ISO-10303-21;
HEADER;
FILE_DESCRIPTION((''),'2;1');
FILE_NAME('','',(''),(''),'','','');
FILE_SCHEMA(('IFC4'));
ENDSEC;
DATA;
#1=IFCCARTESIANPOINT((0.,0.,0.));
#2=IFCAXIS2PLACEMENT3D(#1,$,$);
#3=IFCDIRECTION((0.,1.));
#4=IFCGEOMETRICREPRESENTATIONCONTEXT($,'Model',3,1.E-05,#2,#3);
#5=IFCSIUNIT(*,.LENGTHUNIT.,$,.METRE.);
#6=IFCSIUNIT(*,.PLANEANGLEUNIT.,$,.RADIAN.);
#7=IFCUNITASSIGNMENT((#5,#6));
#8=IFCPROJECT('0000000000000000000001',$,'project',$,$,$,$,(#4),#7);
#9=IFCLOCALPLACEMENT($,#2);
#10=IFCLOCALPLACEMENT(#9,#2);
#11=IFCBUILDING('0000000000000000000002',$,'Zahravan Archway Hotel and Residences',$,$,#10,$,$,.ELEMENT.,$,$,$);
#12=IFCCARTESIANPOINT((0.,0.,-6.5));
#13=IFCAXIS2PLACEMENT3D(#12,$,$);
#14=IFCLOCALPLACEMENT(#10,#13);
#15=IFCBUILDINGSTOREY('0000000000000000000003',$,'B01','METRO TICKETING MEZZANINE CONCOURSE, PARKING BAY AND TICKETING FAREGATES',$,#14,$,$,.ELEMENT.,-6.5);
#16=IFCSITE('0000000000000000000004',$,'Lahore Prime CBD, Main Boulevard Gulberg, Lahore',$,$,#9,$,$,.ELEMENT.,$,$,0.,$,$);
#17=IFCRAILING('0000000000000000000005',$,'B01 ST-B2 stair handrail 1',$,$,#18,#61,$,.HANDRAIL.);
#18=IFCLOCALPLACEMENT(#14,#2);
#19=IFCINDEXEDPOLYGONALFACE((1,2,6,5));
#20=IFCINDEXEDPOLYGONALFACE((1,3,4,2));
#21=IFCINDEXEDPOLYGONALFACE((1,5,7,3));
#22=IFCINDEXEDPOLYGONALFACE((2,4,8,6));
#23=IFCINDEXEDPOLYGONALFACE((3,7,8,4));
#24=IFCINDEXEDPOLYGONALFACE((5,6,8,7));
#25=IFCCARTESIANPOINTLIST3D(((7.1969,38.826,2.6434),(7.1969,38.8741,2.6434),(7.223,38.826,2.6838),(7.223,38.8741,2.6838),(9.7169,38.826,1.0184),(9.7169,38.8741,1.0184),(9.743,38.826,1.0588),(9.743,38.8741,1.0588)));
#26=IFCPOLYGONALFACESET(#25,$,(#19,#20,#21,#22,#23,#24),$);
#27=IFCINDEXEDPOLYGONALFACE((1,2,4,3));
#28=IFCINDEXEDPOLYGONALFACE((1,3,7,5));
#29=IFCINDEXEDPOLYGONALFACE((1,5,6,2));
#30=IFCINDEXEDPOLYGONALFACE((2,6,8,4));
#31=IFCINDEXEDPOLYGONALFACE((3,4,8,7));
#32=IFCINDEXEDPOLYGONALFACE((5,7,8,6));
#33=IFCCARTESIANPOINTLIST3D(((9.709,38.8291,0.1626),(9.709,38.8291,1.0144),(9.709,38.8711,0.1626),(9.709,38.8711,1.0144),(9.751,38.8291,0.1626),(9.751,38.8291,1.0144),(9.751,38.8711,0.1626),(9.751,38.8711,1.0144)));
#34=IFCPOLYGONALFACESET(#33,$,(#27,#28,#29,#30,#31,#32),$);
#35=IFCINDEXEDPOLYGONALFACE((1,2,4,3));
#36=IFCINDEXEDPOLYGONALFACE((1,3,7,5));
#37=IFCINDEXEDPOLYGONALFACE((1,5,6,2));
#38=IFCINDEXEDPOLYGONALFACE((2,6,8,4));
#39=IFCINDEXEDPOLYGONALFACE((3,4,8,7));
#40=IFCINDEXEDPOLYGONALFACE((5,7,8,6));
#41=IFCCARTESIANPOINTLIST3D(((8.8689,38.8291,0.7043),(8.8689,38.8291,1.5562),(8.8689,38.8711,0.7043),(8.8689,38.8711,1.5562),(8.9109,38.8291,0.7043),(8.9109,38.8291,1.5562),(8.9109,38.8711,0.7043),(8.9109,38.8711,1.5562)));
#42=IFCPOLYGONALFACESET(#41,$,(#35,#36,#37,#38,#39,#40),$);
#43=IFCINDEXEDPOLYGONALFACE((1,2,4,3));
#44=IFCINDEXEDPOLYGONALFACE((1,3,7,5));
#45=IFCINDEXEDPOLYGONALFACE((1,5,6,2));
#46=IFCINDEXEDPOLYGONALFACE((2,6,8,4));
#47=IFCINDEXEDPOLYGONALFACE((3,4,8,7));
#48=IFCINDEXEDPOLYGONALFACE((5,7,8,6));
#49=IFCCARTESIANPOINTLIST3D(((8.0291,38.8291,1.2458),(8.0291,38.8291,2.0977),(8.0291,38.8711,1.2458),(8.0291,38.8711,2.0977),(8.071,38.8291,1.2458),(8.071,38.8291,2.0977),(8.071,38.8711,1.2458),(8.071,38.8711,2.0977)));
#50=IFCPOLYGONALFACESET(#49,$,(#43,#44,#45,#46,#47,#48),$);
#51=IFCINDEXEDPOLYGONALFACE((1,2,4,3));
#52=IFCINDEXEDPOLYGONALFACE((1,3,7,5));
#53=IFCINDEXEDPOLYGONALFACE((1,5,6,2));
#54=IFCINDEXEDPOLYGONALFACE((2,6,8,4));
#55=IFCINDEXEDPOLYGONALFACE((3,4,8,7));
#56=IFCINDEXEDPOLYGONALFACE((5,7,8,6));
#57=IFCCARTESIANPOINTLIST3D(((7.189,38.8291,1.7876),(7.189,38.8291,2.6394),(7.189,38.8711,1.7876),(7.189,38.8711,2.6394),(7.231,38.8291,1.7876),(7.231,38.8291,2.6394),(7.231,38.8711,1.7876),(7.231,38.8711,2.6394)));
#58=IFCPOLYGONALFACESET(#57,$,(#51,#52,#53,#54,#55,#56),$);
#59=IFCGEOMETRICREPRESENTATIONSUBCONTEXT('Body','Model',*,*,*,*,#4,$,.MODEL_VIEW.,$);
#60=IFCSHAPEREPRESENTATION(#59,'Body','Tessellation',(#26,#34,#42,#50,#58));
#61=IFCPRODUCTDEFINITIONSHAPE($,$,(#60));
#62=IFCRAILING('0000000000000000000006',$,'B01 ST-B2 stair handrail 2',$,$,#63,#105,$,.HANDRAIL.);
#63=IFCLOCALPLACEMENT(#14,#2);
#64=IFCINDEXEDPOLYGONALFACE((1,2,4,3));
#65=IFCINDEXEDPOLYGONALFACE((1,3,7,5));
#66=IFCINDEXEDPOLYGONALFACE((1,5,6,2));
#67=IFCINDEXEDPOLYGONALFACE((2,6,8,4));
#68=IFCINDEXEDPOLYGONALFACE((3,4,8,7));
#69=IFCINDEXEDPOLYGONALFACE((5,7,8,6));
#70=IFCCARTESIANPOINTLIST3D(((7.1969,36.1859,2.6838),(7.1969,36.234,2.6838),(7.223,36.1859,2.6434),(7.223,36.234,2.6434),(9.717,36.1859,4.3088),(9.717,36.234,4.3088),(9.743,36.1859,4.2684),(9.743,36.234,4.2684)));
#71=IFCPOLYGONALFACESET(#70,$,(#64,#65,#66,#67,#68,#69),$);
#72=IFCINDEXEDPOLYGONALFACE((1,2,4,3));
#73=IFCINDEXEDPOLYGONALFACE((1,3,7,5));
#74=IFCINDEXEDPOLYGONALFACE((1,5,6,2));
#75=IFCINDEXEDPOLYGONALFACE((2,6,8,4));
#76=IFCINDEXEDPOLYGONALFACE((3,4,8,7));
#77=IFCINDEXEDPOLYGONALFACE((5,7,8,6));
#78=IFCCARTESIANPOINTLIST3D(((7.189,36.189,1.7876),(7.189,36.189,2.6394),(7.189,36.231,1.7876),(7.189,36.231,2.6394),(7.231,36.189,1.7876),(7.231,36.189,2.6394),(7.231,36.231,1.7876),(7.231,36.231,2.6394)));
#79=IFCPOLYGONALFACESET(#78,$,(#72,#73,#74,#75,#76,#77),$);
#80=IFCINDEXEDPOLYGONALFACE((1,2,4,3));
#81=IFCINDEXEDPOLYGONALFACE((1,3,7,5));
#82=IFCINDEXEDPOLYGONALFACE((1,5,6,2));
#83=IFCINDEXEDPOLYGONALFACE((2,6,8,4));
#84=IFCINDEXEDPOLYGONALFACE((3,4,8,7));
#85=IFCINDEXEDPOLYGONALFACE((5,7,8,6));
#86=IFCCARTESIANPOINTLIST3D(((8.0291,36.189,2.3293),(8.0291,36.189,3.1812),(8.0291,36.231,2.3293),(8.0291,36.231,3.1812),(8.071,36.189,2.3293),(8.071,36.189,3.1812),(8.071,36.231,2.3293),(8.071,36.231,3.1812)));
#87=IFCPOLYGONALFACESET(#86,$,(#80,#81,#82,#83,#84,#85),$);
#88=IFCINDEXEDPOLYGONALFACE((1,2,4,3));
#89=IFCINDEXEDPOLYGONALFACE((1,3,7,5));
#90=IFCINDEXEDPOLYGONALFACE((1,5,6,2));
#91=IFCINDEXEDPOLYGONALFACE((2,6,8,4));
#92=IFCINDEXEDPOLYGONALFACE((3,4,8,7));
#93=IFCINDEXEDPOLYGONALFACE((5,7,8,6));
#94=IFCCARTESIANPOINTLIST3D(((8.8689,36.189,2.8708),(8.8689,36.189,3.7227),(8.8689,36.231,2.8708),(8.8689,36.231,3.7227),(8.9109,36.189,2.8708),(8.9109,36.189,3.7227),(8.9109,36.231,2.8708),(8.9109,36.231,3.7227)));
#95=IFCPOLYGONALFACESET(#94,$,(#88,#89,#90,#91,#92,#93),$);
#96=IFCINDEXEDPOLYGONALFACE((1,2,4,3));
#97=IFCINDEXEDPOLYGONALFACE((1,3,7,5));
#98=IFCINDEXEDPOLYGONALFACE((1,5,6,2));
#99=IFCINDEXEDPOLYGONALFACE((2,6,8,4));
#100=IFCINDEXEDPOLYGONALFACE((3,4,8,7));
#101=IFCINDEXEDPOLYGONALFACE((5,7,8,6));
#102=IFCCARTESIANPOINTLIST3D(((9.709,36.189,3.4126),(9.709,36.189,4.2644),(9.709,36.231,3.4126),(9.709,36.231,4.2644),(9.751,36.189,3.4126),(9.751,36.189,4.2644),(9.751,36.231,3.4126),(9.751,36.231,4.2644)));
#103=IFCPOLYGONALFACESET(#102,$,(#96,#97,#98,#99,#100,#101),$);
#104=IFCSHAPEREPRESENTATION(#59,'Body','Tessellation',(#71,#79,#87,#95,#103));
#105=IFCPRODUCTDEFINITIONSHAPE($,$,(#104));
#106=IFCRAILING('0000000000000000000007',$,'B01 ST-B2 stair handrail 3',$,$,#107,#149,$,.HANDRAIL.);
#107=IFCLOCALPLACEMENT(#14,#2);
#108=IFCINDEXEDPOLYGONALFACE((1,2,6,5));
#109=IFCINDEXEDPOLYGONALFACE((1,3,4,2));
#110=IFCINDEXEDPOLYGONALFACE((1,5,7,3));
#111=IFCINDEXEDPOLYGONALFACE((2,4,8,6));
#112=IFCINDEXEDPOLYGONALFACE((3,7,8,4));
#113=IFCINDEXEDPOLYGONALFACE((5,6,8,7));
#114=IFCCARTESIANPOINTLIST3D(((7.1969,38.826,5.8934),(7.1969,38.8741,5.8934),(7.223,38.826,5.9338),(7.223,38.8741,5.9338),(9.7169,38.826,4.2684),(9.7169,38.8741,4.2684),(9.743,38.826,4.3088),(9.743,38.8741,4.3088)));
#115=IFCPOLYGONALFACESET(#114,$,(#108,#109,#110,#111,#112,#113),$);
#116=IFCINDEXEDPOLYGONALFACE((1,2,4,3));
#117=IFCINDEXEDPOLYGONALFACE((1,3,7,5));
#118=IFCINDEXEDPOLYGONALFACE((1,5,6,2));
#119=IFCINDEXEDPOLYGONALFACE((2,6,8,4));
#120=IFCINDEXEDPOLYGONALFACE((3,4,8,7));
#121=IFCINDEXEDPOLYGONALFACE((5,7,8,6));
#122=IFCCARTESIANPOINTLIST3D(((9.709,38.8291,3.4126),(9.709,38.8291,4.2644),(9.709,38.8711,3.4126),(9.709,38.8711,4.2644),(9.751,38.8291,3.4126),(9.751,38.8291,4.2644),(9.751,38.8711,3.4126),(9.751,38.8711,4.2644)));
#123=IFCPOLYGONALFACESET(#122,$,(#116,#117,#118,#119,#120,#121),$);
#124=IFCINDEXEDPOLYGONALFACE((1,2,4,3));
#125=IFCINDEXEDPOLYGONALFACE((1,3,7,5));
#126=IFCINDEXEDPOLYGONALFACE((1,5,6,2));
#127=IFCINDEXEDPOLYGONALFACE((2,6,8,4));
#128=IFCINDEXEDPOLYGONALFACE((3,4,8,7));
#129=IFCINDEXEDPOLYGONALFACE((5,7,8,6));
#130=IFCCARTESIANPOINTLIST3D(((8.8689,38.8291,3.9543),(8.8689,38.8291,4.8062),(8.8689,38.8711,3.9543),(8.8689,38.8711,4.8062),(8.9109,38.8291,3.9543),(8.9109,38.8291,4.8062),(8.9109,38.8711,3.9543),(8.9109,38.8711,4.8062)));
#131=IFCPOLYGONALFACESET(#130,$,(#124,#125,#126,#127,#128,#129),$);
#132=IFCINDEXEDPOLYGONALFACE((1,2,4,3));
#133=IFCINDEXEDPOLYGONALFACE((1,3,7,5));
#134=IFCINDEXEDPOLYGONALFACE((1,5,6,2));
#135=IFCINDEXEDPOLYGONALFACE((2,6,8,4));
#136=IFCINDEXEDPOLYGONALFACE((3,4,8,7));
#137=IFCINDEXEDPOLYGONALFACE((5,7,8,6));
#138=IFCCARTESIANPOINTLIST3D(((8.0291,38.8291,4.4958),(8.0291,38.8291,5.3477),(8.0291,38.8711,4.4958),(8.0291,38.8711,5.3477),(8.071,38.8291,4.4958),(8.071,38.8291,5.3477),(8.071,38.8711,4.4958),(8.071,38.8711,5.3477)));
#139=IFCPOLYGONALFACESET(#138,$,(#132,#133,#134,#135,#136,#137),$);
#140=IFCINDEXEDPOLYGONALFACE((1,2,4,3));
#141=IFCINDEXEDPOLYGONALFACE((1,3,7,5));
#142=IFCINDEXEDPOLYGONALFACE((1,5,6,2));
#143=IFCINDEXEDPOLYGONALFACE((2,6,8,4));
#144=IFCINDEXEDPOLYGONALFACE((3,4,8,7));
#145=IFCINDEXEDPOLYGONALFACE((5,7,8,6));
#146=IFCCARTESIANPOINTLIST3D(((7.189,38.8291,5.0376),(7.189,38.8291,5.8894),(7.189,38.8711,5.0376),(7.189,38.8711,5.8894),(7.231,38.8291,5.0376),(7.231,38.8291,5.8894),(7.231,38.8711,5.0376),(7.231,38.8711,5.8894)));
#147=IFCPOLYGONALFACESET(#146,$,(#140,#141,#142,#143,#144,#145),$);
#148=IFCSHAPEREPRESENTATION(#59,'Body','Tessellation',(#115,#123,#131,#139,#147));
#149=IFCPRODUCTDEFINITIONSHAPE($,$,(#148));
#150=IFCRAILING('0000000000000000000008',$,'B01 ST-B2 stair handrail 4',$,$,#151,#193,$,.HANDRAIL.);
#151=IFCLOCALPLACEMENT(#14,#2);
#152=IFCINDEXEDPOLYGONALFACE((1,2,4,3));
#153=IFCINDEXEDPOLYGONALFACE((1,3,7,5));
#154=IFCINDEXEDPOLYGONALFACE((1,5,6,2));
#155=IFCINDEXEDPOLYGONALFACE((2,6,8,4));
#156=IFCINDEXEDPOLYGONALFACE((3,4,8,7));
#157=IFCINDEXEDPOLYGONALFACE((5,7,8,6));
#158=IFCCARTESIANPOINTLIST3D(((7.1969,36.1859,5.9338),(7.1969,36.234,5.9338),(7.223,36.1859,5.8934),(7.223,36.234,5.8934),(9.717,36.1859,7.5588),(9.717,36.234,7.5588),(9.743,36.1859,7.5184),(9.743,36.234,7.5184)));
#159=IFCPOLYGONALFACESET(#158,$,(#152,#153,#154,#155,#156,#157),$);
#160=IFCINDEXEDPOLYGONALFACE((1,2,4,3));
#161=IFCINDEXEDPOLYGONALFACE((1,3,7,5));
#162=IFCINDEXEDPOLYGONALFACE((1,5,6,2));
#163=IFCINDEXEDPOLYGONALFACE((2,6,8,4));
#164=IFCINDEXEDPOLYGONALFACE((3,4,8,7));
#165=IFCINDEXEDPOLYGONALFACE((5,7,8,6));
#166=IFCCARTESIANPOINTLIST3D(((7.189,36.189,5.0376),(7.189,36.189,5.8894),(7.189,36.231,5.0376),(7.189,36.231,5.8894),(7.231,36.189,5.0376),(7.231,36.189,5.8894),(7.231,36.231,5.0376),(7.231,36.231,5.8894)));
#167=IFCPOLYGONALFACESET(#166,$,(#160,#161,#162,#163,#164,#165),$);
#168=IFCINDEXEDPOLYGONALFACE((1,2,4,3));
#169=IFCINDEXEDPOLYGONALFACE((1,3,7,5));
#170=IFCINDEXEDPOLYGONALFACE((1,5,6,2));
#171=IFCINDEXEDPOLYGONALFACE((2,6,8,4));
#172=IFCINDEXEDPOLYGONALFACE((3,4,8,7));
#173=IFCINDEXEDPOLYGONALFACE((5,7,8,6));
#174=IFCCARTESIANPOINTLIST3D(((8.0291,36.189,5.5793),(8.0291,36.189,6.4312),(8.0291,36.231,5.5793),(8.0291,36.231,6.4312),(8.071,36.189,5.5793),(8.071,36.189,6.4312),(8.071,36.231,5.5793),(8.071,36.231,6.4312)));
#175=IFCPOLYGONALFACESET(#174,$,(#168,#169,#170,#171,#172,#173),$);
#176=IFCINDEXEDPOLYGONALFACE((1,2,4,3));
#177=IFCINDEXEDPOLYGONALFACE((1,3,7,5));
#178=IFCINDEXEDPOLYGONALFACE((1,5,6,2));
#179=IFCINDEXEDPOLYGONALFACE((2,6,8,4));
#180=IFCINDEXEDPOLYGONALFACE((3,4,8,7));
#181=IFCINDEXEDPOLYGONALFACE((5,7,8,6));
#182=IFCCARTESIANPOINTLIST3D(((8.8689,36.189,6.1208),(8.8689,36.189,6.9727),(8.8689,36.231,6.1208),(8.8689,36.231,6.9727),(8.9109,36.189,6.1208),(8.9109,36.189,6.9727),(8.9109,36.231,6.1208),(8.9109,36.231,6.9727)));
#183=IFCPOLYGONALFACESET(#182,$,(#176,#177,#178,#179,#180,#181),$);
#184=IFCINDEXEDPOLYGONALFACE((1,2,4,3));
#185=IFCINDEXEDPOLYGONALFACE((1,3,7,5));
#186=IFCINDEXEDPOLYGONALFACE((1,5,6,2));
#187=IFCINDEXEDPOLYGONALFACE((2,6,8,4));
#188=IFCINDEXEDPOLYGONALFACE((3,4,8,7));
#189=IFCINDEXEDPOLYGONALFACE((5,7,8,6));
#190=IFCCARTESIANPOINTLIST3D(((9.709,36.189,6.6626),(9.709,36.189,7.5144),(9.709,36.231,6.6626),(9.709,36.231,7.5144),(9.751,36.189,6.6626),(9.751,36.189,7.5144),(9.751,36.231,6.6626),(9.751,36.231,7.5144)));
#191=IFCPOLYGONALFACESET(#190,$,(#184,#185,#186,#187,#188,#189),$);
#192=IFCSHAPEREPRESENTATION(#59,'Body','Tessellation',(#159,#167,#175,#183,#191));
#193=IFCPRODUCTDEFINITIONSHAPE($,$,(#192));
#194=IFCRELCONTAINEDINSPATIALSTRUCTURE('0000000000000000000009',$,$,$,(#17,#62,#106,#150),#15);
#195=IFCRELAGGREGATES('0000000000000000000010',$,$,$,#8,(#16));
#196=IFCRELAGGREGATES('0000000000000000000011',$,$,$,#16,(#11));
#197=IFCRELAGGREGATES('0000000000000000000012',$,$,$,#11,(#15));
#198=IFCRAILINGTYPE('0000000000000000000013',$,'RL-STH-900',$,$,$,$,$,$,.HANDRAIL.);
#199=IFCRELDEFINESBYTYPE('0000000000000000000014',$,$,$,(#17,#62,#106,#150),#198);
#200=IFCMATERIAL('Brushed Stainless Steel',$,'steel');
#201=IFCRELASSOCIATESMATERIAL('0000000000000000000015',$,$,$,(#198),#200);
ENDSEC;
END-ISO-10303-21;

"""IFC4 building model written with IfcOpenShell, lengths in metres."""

from ifc_helpers import new_model, si_unit, direction, frame, origin, origin_2d, place, context, subcontext, project, spatial, rectangle, extrude, material, type_object, element, save


model = new_model("IFC4")

# Units and contexts
model_context = context("Model", 3, precision=1e-05, world=origin(), true_north=direction((0.0, 1.0)))
body_context = subcontext(model_context, "Body", "Model", "MODEL_VIEW")
ifc_project = project(units=[si_unit("LENGTHUNIT", "METRE"), si_unit("PLANEANGLEUNIT", "RADIAN")], contexts=[model_context])

# Site, building, storey
site_placement = place(None, origin())
site = spatial("IfcSite", under=ifc_project, at=site_placement, Name="Lahore Prime CBD, Main Boulevard Gulberg, Lahore", CompositionType="ELEMENT", RefElevation=0.0)
building_placement = place(site_placement, origin())
building = spatial("IfcBuilding", under=site, at=building_placement, Name="Zahravan Archway Hotel and Residences", CompositionType="ELEMENT")
storey_placement = place(building_placement, frame((0.0, 0.0, -6.5)))
storey = spatial("IfcBuildingStorey", under=building, at=storey_placement, Name="B01", Description="METRO TICKETING MEZZANINE CONCOURSE, PARKING BAY AND TICKETING FAREGATES", CompositionType="ELEMENT", Elevation=-6.5)

# Railings
ifc_material_1 = material(Name="Brushed Stainless Steel", Category="steel")
railing_type_1 = type_object("IfcRailingType", Name="RL-STH-900", PredefinedType="HANDRAIL", material=ifc_material_1)
railing_1_placement = place(storey_placement, frame((9.73, 38.8501, 0.1626)))
element("IfcRailing", 1, at=railing_1_placement, inside=storey, type_object=railing_type_1, Name="B01 ST-B2 stair handrail 1", PredefinedType="HANDRAIL", context=body_context, shape_type="SweptSolid", body=[
    extrude(rectangle(XDim=0.0481, YDim=0.0481, at=origin_2d()), frame((0.0, 0.0, 0.876), z_axis=(-0.840421, 0.0, 0.541934), x_axis=(0.0, -1.0, 0.0)), (0.0, 0.0, 1.0), 2.9985),
    extrude(rectangle(XDim=0.042, YDim=0.042, at=origin_2d()), origin(), (0.0, 0.0, 1.0), 0.8518),
    extrude(rectangle(XDim=0.042, YDim=0.042, at=origin_2d()), frame((-0.8401, 0.0, 0.5417)), (0.0, 0.0, 1.0), 0.8518),
    extrude(rectangle(XDim=0.042, YDim=0.042, at=origin_2d()), frame((-1.6799, 0.0, 1.0833)), (0.0, 0.0, 1.0), 0.8518),
    extrude(rectangle(XDim=0.042, YDim=0.042, at=origin_2d()), frame((-2.52, 0.0, 1.625)), (0.0, 0.0, 1.0), 0.8518),
])
railing_2_placement = place(storey_placement, frame((7.21, 36.21, 1.7876)))
element("IfcRailing", 2, at=railing_2_placement, inside=storey, type_object=railing_type_1, Name="B01 ST-B2 stair handrail 2", PredefinedType="HANDRAIL", context=body_context, shape_type="SweptSolid", body=[
    extrude(rectangle(XDim=0.0481, YDim=0.0481, at=origin_2d()), frame((0.0, 0.0, 0.876), z_axis=(0.840421, 0.0, 0.541934), x_axis=(0.0, 1.0, 0.0)), (0.0, 0.0, 1.0), 2.9985),
    extrude(rectangle(XDim=0.042, YDim=0.042, at=origin_2d()), origin(), (0.0, 0.0, 1.0), 0.8518),
    extrude(rectangle(XDim=0.042, YDim=0.042, at=origin_2d()), frame((0.8401, 0.0, 0.5417)), (0.0, 0.0, 1.0), 0.8518),
    extrude(rectangle(XDim=0.042, YDim=0.042, at=origin_2d()), frame((1.6799, 0.0, 1.0833)), (0.0, 0.0, 1.0), 0.8518),
    extrude(rectangle(XDim=0.042, YDim=0.042, at=origin_2d()), frame((2.52, 0.0, 1.625)), (0.0, 0.0, 1.0), 0.8518),
])
railing_3_placement = place(storey_placement, frame((9.73, 38.8501, 3.4126)))
element("IfcRailing", 3, at=railing_3_placement, inside=storey, type_object=railing_type_1, Name="B01 ST-B2 stair handrail 3", PredefinedType="HANDRAIL", context=body_context, shape_type="SweptSolid", body=[
    extrude(rectangle(XDim=0.0481, YDim=0.0481, at=origin_2d()), frame((0.0, 0.0, 0.876), z_axis=(-0.840421, 0.0, 0.541934), x_axis=(0.0, -1.0, 0.0)), (0.0, 0.0, 1.0), 2.9985),
    extrude(rectangle(XDim=0.042, YDim=0.042, at=origin_2d()), origin(), (0.0, 0.0, 1.0), 0.8518),
    extrude(rectangle(XDim=0.042, YDim=0.042, at=origin_2d()), frame((-0.8401, 0.0, 0.5417)), (0.0, 0.0, 1.0), 0.8518),
    extrude(rectangle(XDim=0.042, YDim=0.042, at=origin_2d()), frame((-1.6799, 0.0, 1.0833)), (0.0, 0.0, 1.0), 0.8518),
    extrude(rectangle(XDim=0.042, YDim=0.042, at=origin_2d()), frame((-2.52, 0.0, 1.625)), (0.0, 0.0, 1.0), 0.8518),
])
railing_4_placement = place(storey_placement, frame((7.21, 36.21, 5.0376)))
element("IfcRailing", 4, at=railing_4_placement, inside=storey, type_object=railing_type_1, Name="B01 ST-B2 stair handrail 4", PredefinedType="HANDRAIL", context=body_context, shape_type="SweptSolid", body=[
    extrude(rectangle(XDim=0.0481, YDim=0.0481, at=origin_2d()), frame((0.0, 0.0, 0.876), z_axis=(0.840421, 0.0, 0.541934), x_axis=(0.0, 1.0, 0.0)), (0.0, 0.0, 1.0), 2.9985),
    extrude(rectangle(XDim=0.042, YDim=0.042, at=origin_2d()), origin(), (0.0, 0.0, 1.0), 0.8518),
    extrude(rectangle(XDim=0.042, YDim=0.042, at=origin_2d()), frame((0.8401, 0.0, 0.5417)), (0.0, 0.0, 1.0), 0.8518),
    extrude(rectangle(XDim=0.042, YDim=0.042, at=origin_2d()), frame((1.6799, 0.0, 1.0833)), (0.0, 0.0, 1.0), 0.8518),
    extrude(rectangle(XDim=0.042, YDim=0.042, at=origin_2d()), frame((2.52, 0.0, 1.625)), (0.0, 0.0, 1.0), 0.8518),
])

save(model, "model.ifc")
